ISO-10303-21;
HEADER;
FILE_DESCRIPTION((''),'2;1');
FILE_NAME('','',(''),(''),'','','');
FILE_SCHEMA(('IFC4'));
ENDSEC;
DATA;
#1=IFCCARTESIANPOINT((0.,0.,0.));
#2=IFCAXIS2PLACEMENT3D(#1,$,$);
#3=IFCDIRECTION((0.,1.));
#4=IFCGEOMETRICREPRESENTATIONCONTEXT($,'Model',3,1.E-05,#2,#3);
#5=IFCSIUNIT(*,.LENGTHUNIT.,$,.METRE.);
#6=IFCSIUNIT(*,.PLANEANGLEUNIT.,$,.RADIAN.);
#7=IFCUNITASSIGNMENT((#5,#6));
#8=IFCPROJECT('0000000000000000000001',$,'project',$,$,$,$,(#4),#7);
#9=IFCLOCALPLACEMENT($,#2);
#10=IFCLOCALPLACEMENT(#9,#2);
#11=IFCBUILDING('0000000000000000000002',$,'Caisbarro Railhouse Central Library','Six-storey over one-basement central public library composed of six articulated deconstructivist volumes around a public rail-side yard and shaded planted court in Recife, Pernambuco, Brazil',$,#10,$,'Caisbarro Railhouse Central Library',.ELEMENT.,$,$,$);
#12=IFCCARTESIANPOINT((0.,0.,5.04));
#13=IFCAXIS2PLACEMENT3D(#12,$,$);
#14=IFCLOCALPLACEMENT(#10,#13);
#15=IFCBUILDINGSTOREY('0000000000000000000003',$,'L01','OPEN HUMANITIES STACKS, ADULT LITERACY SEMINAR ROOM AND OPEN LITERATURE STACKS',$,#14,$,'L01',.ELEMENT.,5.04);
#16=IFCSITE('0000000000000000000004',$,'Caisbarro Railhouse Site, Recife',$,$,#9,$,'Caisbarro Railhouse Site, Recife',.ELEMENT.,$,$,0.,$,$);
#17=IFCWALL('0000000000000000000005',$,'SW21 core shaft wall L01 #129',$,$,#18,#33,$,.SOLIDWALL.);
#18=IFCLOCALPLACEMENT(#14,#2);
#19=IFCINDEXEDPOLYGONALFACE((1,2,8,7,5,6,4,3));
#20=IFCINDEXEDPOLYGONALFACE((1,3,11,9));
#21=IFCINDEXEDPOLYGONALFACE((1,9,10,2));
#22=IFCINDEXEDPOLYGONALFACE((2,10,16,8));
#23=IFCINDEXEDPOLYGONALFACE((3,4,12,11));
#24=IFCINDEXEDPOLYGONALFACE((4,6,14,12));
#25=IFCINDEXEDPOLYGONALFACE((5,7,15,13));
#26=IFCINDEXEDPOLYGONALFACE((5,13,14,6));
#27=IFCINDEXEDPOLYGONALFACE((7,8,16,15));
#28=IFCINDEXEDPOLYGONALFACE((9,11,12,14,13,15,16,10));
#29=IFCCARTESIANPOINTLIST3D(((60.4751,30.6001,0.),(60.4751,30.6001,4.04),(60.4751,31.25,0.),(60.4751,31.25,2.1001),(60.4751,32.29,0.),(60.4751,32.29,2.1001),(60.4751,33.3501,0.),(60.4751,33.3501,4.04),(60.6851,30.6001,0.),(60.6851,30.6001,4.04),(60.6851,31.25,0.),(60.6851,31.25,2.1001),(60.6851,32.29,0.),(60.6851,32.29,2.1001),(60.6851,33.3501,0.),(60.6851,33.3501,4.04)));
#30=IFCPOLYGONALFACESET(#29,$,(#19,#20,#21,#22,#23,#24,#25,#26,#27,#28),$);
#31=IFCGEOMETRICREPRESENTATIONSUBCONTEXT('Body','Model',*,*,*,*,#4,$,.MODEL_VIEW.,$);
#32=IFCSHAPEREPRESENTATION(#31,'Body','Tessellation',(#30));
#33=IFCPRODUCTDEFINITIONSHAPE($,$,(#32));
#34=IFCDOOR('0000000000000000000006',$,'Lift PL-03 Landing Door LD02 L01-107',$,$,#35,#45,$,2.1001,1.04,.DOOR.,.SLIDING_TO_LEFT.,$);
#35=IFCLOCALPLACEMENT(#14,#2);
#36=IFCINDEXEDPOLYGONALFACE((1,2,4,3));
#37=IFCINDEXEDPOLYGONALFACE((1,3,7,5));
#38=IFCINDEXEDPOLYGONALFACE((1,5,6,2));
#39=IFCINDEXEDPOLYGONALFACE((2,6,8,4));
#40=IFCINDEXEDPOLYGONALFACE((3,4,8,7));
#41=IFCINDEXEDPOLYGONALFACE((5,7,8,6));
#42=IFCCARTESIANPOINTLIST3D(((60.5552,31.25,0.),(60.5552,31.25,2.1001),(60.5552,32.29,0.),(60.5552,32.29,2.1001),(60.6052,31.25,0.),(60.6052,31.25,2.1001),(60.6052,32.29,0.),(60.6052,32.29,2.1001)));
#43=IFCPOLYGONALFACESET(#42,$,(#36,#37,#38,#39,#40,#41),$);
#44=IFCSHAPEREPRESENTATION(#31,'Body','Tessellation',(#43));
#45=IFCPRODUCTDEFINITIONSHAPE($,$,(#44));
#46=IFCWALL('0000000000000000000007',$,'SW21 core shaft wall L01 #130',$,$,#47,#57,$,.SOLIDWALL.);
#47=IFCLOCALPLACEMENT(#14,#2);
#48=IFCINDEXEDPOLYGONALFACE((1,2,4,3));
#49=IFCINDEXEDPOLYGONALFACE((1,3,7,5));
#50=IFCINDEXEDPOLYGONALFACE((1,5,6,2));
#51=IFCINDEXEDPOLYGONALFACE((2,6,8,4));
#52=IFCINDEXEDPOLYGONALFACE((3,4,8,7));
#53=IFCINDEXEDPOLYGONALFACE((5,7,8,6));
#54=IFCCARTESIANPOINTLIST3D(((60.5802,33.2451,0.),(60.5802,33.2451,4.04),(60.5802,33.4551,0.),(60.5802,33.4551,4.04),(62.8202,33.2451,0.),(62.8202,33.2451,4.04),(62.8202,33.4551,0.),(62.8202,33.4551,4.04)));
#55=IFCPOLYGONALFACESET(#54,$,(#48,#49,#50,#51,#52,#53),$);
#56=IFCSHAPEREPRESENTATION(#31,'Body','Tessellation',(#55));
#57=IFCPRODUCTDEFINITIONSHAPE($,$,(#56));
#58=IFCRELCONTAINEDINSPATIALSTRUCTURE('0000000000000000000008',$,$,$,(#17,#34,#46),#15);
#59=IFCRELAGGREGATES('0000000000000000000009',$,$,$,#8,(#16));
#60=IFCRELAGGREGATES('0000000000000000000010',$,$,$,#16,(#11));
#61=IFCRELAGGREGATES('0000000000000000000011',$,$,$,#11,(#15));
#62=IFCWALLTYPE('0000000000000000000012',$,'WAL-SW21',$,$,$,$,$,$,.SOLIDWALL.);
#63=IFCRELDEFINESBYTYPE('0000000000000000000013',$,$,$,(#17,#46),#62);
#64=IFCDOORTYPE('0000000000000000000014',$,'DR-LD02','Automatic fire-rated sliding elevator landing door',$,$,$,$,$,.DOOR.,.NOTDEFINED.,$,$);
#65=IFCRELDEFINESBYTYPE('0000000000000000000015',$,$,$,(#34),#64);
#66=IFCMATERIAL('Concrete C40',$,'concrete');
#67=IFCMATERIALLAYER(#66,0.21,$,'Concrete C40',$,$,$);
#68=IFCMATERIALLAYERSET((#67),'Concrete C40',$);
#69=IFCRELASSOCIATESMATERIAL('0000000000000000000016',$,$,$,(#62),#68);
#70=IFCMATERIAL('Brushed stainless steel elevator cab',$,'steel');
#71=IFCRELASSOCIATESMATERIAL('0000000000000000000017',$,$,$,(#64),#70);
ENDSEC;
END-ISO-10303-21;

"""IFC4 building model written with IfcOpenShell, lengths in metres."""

from ifc_helpers import new_model, si_unit, direction, frame, frame_2d, origin, place, context, subcontext, project, spatial, rectangle, extrude, material, layer, layer_set, type_object, element, fill, save


model = new_model("IFC4")

# Units and contexts
model_context = context("Model", 3, precision=1e-05, world=origin(), true_north=direction((0.0, 1.0)))
body_context = subcontext(model_context, "Body", "Model", "MODEL_VIEW")
ifc_project = project(units=[si_unit("LENGTHUNIT", "METRE"), si_unit("PLANEANGLEUNIT", "RADIAN")], contexts=[model_context])

# Site, building, storey
site_placement = place(None, origin())
site = spatial("IfcSite", under=ifc_project, at=site_placement, Name="Caisbarro Railhouse Site, Recife", LongName="Caisbarro Railhouse Site, Recife", CompositionType="ELEMENT", RefElevation=0.0)
building_placement = place(site_placement, origin())
building = spatial("IfcBuilding", under=site, at=building_placement, Name="Caisbarro Railhouse Central Library", Description="Six-storey over one-basement central public library composed of six articulated deconstructivist volumes around a public rail-side yard and shaded planted court in Recife, Pernambuco, Brazil", LongName="Caisbarro Railhouse Central Library", CompositionType="ELEMENT")
storey_placement = place(building_placement, frame((0.0, 0.0, 5.04)))
storey = spatial("IfcBuildingStorey", under=building, at=storey_placement, Name="L01", Description="OPEN HUMANITIES STACKS, ADULT LITERACY SEMINAR ROOM AND OPEN LITERATURE STACKS", LongName="L01", CompositionType="ELEMENT", Elevation=5.04)

# Shared definitions
ifc_material_1 = material(Name="Concrete C40", Category="concrete")

# Shared definitions
ifc_layer_1 = layer(ifc_material_1, 0.21, Name="Concrete C40")
ifc_layer_set_1 = layer_set([ifc_layer_1], Name="Concrete C40")
wall_type_1 = type_object("IfcWallType", Name="WAL-SW21", PredefinedType="SOLIDWALL", material=ifc_layer_set_1)

# Wall, opening, door
wall_1_placement = place(storey_placement, frame((60.5801, 30.6001, 0.0), z_axis=(0.0, 0.0, 1.0), x_axis=(0.0, 1.0, 0.0)))
wall_1 = element("IfcWall", 1, at=wall_1_placement, inside=storey, type_object=wall_type_1, Name="SW21 core shaft wall L01 #129", PredefinedType="SOLIDWALL", context=body_context, shape_type="SweptSolid", body=[
    extrude(rectangle(XDim=2.75, YDim=0.21, at=frame_2d((1.375, 0.0))), origin(), (0.0, 0.0, 1.0), 4.04),
])
opening_1_placement = place(wall_1_placement, frame((0.6499, 0.0, 0.0)))
opening_1 = element("IfcOpeningElement", 2, at=opening_1_placement, cuts=wall_1, PredefinedType="OPENING", context=body_context, shape_type="SweptSolid", body=[
    extrude(rectangle(XDim=1.04, YDim=2.1001, at=frame_2d((0.52, 1.05))), frame((0.0, 0.115, 0.0), z_axis=(0.0, -1.0, 0.0), x_axis=(1.0, 0.0, 0.0)), (0.0, 0.0, 1.0), 0.23),
])
ifc_material_2 = material(Name="Brushed stainless steel elevator cab", Category="steel")
door_type_1 = type_object("IfcDoorType", Name="DR-LD02", Description="Automatic fire-rated sliding elevator landing door", OperationType="NOTDEFINED", PredefinedType="DOOR", material=ifc_material_2)
door_1_placement = place(opening_1_placement, origin())
door_1 = element("IfcDoor", 3, at=door_1_placement, inside=storey, type_object=door_type_1, Name="Lift PL-03 Landing Door LD02 L01-107", OperationType="SLIDING_TO_LEFT", OverallHeight=2.1001, OverallWidth=1.04, PredefinedType="DOOR", context=body_context, shape_type="SweptSolid", body=[
    extrude(rectangle(XDim=1.04, YDim=2.1001, at=frame_2d((0.52, 1.05))), frame((0.0, 0.0249, 0.0), z_axis=(0.0, -1.0, 0.0), x_axis=(1.0, 0.0, 0.0)), (0.0, 0.0, 1.0), 0.05),
])
fill(opening_1, door_1)

# Wall
wall_2_placement = place(storey_placement, frame((60.5801, 33.3501, 0.0), z_axis=(0.0, 0.0, 1.0), x_axis=(1.0, 0.0, 0.0)))
element("IfcWall", 4, at=wall_2_placement, inside=storey, type_object=wall_type_1, Name="SW21 core shaft wall L01 #130", PredefinedType="SOLIDWALL", context=body_context, shape_type="SweptSolid", body=[
    extrude(rectangle(XDim=2.24, YDim=0.21, at=frame_2d((1.1201, 0.0))), origin(), (0.0, 0.0, 1.0), 4.04),
])

save(model, "model.ifc")
